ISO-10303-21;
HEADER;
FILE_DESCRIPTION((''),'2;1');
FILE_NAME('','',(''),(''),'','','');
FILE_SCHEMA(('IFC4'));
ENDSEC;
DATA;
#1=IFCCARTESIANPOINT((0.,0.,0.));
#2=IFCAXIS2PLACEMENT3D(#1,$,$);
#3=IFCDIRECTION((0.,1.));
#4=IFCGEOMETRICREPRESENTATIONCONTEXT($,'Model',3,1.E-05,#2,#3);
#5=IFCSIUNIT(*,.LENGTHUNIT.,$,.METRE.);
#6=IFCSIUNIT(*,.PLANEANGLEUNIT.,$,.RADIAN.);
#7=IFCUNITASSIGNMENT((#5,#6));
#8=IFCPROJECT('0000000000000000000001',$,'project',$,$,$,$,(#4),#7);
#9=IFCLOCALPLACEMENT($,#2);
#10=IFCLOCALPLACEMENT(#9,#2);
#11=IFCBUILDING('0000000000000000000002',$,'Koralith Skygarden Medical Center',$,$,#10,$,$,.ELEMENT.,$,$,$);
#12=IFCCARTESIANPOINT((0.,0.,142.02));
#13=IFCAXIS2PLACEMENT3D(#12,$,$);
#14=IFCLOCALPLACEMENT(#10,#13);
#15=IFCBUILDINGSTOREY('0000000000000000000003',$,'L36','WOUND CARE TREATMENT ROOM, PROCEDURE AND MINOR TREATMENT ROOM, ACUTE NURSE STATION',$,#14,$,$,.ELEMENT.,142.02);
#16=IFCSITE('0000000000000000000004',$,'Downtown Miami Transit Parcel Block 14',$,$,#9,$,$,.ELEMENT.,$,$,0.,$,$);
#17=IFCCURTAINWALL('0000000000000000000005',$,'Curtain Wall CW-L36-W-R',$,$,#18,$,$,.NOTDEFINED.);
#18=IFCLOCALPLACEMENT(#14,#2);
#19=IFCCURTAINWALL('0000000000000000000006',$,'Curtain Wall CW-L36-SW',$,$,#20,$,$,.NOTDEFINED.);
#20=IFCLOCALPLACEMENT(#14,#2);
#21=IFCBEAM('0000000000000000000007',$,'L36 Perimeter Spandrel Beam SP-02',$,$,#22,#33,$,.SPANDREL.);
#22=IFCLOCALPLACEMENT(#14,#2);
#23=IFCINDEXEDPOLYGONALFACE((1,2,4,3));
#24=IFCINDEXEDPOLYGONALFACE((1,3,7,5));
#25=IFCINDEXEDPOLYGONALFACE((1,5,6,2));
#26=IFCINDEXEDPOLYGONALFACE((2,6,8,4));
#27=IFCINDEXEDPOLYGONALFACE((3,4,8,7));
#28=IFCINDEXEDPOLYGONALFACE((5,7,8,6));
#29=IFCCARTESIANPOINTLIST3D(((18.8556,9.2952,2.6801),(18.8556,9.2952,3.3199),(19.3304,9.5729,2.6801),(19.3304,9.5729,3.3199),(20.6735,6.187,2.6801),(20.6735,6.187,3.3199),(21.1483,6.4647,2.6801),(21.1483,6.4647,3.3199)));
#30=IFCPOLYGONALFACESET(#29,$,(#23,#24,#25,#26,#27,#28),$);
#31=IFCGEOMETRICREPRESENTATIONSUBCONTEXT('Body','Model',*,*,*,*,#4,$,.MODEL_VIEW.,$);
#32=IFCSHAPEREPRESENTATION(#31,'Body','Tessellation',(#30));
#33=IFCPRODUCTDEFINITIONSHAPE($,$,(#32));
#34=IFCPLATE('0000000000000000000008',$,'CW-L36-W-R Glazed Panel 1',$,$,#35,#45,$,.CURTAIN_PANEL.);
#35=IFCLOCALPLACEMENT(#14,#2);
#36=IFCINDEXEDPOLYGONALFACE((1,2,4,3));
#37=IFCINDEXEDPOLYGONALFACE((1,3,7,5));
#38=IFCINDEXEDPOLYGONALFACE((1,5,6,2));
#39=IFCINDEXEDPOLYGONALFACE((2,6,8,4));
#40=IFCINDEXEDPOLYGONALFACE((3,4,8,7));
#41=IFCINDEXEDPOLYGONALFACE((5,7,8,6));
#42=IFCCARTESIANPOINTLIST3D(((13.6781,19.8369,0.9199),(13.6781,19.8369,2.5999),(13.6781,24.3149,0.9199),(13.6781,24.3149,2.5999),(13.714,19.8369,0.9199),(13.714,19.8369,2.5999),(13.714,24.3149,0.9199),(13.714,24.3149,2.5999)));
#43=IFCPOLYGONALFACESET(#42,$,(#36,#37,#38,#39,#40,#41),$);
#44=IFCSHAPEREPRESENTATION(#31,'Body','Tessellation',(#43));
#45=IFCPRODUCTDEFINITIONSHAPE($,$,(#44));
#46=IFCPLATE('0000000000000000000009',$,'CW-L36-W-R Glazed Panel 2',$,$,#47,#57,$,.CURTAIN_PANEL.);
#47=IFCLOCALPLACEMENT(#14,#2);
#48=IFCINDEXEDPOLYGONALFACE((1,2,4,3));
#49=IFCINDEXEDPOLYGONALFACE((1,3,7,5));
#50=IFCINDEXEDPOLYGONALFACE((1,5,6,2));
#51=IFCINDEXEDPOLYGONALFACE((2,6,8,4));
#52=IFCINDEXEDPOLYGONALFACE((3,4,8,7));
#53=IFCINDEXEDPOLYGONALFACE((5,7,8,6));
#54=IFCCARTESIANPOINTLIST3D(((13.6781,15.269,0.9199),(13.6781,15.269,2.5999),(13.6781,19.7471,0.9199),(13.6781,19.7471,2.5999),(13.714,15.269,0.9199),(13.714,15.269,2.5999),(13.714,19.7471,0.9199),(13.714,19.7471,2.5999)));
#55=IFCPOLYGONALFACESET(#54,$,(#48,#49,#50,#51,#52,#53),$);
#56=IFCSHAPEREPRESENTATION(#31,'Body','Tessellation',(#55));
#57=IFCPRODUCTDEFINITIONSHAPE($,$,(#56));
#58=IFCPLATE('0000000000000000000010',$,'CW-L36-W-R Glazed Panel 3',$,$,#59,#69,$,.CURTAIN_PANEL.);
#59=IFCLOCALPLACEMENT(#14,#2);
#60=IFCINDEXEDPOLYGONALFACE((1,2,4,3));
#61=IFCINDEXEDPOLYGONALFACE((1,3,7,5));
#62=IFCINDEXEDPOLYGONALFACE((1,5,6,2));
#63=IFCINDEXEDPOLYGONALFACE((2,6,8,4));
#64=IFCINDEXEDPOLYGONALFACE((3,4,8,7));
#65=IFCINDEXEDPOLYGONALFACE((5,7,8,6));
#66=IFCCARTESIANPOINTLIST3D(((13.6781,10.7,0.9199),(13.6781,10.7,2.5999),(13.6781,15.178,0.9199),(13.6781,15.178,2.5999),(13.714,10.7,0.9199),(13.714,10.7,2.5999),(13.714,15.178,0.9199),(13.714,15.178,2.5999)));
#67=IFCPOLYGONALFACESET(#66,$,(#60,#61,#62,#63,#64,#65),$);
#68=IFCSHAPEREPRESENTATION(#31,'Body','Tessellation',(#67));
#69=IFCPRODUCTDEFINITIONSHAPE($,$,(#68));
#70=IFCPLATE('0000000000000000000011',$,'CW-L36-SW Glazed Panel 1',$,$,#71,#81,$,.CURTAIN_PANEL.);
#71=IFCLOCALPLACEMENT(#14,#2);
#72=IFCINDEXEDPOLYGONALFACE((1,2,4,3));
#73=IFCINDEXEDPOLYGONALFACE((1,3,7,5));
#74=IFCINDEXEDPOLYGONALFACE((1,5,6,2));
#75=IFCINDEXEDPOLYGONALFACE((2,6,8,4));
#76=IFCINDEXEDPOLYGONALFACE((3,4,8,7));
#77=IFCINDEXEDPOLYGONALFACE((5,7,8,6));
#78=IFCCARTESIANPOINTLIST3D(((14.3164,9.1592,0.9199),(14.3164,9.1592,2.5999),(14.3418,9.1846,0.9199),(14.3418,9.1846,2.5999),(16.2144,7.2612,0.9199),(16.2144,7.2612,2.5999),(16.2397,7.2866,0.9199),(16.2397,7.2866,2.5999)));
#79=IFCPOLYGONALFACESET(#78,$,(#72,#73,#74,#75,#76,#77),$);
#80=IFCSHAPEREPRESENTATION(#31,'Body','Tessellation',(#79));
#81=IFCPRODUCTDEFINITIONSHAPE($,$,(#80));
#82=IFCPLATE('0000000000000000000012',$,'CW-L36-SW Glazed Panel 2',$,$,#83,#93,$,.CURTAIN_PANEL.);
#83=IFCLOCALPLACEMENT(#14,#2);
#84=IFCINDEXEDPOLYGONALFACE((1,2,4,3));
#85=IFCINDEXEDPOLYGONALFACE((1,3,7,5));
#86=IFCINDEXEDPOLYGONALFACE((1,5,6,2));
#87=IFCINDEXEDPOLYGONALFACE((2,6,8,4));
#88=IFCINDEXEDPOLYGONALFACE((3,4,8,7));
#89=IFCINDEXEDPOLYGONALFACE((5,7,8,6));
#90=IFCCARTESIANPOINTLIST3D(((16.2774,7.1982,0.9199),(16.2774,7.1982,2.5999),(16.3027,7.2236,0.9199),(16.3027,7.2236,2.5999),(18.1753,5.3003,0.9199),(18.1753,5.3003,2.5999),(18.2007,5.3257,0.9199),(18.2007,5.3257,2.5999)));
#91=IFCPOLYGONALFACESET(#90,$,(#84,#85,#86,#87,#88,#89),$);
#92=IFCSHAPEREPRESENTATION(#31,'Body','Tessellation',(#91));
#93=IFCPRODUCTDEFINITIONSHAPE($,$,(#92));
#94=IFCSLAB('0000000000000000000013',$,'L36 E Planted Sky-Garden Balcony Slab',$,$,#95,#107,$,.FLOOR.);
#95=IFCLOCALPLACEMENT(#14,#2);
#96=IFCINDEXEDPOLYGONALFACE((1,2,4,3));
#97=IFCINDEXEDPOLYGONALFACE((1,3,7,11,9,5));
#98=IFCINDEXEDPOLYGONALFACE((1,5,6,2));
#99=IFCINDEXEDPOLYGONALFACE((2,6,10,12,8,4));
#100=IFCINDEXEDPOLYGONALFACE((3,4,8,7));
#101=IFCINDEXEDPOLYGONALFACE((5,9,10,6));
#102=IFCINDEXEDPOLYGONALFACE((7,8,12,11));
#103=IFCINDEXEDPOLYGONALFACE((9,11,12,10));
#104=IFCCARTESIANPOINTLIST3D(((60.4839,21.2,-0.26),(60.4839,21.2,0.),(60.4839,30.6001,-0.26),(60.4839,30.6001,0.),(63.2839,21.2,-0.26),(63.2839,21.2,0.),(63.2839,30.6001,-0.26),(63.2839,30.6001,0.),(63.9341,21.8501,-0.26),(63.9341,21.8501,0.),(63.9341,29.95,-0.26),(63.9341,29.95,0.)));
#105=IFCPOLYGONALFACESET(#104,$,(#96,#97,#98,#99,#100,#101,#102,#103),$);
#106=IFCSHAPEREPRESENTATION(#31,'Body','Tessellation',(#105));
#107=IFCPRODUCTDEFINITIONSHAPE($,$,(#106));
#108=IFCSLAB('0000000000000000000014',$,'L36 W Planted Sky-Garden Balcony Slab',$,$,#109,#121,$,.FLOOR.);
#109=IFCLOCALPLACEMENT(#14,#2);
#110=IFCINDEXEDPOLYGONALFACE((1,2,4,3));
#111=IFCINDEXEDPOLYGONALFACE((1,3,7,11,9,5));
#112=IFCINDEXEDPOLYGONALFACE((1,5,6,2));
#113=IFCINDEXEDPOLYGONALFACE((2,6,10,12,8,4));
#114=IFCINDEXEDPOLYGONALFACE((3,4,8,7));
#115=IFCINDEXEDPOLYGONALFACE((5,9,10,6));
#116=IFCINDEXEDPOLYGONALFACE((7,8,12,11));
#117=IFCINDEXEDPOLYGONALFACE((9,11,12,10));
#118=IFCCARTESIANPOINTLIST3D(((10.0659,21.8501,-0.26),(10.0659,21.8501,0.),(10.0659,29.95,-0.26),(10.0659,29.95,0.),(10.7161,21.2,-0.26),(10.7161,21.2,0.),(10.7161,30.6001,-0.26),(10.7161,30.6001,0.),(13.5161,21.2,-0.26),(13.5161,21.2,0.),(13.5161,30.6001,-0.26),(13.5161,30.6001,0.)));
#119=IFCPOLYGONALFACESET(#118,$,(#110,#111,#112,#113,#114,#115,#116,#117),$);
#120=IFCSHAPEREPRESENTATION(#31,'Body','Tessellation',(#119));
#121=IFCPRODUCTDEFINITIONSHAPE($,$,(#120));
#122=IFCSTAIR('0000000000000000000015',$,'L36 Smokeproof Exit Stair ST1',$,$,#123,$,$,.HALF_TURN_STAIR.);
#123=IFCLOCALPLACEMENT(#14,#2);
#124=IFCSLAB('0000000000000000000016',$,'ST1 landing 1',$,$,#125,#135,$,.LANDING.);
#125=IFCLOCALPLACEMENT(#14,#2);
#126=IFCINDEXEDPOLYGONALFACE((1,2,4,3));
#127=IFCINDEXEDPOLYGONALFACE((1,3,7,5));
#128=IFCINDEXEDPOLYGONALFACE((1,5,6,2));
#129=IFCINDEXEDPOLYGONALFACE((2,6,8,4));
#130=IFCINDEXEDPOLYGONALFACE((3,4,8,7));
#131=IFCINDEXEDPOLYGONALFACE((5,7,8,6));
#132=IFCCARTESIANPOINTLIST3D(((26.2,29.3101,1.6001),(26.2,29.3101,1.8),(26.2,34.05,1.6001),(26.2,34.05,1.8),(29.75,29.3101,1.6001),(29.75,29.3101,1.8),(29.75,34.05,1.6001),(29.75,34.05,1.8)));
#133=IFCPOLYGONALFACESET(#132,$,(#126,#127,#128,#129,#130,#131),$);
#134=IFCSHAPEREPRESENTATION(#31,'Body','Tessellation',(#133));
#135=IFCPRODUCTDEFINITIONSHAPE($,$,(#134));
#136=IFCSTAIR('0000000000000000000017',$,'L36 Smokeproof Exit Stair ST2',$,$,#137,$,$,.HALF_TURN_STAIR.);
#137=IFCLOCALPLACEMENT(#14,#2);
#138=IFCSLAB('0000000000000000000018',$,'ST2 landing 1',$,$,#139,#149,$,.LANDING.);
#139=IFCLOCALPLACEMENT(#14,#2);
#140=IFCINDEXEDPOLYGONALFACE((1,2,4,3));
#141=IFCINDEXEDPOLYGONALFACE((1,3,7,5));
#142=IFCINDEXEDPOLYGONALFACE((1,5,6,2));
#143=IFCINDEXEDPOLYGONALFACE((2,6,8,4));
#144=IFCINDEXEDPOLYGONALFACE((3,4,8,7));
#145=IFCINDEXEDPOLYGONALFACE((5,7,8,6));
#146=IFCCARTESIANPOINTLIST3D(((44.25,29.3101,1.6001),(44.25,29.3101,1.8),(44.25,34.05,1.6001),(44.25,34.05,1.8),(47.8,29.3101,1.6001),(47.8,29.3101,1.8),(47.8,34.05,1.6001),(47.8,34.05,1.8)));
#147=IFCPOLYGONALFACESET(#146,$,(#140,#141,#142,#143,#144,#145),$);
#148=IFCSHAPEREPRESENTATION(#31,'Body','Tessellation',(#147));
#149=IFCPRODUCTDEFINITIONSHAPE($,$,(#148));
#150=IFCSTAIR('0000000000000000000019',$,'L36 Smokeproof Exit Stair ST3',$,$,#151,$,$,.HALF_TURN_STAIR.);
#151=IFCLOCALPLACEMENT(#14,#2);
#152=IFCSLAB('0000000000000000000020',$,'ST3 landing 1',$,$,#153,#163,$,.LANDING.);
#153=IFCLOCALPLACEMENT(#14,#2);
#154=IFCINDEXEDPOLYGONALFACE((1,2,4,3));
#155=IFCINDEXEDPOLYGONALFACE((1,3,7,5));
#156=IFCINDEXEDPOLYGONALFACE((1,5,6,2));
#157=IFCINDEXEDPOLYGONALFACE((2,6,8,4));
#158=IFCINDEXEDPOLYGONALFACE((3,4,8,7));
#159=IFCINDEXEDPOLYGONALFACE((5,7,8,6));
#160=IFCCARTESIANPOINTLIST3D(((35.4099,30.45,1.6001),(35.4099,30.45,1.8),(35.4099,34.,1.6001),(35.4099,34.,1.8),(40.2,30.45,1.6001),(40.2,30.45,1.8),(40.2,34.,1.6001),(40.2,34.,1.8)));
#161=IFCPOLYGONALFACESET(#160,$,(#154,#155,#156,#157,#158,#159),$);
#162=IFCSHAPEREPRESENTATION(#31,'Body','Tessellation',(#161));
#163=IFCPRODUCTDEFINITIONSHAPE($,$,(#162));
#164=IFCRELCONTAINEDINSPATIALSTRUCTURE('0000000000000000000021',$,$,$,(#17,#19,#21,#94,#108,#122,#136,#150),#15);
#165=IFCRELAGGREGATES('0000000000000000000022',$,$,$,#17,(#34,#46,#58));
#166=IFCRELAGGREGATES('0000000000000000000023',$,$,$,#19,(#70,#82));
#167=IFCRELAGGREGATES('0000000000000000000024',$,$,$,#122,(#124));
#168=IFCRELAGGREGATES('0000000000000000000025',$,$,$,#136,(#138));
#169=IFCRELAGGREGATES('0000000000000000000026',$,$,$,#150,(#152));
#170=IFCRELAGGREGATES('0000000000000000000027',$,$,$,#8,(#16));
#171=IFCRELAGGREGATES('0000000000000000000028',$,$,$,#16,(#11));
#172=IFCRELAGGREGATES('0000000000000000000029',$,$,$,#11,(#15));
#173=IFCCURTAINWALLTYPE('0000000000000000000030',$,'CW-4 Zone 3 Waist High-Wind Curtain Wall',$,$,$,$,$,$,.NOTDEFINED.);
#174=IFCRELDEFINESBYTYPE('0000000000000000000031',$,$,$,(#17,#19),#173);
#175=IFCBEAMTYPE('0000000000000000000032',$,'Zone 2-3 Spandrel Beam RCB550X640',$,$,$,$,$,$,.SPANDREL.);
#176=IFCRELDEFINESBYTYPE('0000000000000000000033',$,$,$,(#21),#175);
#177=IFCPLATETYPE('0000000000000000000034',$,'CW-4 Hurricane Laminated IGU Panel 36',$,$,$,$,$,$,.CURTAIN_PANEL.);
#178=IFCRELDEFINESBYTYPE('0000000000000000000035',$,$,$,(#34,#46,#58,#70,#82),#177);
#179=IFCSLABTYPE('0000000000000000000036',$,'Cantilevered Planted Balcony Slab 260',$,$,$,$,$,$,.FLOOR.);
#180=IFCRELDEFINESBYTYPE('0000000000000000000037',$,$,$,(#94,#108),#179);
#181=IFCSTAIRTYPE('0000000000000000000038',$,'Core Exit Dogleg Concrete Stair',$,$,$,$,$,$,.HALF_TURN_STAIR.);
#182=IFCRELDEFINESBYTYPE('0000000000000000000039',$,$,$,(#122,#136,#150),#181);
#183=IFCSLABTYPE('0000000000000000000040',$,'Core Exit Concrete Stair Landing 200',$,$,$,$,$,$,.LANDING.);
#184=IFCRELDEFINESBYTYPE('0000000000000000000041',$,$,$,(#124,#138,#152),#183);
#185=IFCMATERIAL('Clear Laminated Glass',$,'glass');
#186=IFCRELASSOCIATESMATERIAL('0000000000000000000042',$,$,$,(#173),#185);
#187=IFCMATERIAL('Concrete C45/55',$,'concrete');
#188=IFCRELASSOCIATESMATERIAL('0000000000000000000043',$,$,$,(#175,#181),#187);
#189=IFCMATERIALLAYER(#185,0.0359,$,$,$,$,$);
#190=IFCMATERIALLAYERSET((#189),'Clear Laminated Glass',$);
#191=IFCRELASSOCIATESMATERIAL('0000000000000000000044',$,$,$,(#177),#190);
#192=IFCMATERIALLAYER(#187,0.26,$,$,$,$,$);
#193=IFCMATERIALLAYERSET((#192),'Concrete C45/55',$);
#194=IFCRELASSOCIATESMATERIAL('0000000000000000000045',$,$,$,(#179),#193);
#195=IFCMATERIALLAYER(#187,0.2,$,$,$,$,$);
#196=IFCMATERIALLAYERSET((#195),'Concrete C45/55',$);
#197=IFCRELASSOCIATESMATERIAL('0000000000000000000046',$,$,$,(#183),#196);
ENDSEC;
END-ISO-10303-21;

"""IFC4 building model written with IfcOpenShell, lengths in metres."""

from ifc_helpers import new_model, si_unit, direction, frame, origin, origin_2d, place, context, subcontext, project, spatial, polyline, rectangle, outline, extrude, material, layer, layer_set, material_profile, profile_set, type_object, element, aggregate, save


model = new_model("IFC4")

# Units and contexts
model_context = context("Model", 3, precision=1e-05, world=origin(), true_north=direction((0.0, 1.0)))
body_context = subcontext(model_context, "Body", "Model", "MODEL_VIEW")
ifc_project = project(units=[si_unit("LENGTHUNIT", "METRE"), si_unit("PLANEANGLEUNIT", "RADIAN")], contexts=[model_context])

# Site, building, storey
site_placement = place(None, origin())
site = spatial("IfcSite", under=ifc_project, at=site_placement, Name="Downtown Miami Transit Parcel Block 14", CompositionType="ELEMENT", RefElevation=0.0)
building_placement = place(site_placement, origin())
building = spatial("IfcBuilding", under=site, at=building_placement, Name="Koralith Skygarden Medical Center", CompositionType="ELEMENT")
storey_placement = place(building_placement, frame((0.0, 0.0, 142.02)))
storey = spatial("IfcBuildingStorey", under=building, at=storey_placement, Name="L36", Description="WOUND CARE TREATMENT ROOM, PROCEDURE AND MINOR TREATMENT ROOM, ACUTE NURSE STATION", CompositionType="ELEMENT", Elevation=142.02)

# Curtain walls
ifc_material_1 = material(Name="Clear Laminated Glass", Category="glass")
curtain_wall_type = type_object("IfcCurtainWallType", Name="CW-4 Zone 3 Waist High-Wind Curtain Wall", PredefinedType="NOTDEFINED", material=ifc_material_1)
curtain_wall_1_placement = place(storey_placement, origin())
curtain_wall_1 = element("IfcCurtainWall", 1, at=curtain_wall_1_placement, inside=storey, type_object=curtain_wall_type, Name="Curtain Wall CW-L36-W-R", PredefinedType="NOTDEFINED")
curtain_wall_2_placement = place(storey_placement, origin())
curtain_wall_2 = element("IfcCurtainWall", 2, at=curtain_wall_2_placement, inside=storey, type_object=curtain_wall_type, Name="Curtain Wall CW-L36-SW", PredefinedType="NOTDEFINED")

# Beam
ifc_material_2 = material(Name="Concrete C45/55", Category="concrete")
ifc_material_profile_1 = material_profile(ifc_material_2, rectangle(XDim=0.55, YDim=0.6399, at=origin_2d()), Name="RCB550X640")
ifc_profile_set_1 = profile_set([ifc_material_profile_1], Name="Concrete C45/55")
beam_type = type_object("IfcBeamType", Name="Zone 2-3 Spandrel Beam RCB550X640", PredefinedType="SPANDREL", material=ifc_profile_set_1)
beam_1_placement = place(storey_placement, frame((19.093, 9.4341, 3.0), z_axis=(0.504861, -0.8632, 0.0), x_axis=(0.8632, 0.504861, 0.0)))
element("IfcBeam", 3, at=beam_1_placement, inside=storey, type_object=beam_type, Name="L36 Perimeter Spandrel Beam SP-02", PredefinedType="SPANDREL", context=body_context, shape_type="SweptSolid", body=[
    extrude(rectangle(XDim=0.55, YDim=0.6399, at=origin_2d()), origin(), (0.0, 0.0, 1.0), 3.6008),
])

# Plates
ifc_layer_1 = layer(ifc_material_1, 0.0359)
ifc_layer_set_1 = layer_set([ifc_layer_1], Name="Clear Laminated Glass")
plate_type_1 = type_object("IfcPlateType", Name="CW-4 Hurricane Laminated IGU Panel 36", PredefinedType="CURTAIN_PANEL", material=ifc_layer_set_1)
plate_1_placement = place(storey_placement, frame((13.696, 22.0759, 0.9199), z_axis=(0.0, 0.0, 1.0), x_axis=(0.0, -1.0, 0.0)))
plate_1 = element("IfcPlate", 4, at=plate_1_placement, type_object=plate_type_1, Name="CW-L36-W-R Glazed Panel 1", PredefinedType="CURTAIN_PANEL", context=body_context, shape_type="SweptSolid", body=[
    extrude(rectangle(XDim=4.478, YDim=0.0359, at=origin_2d()), origin(), (0.0, 0.0, 1.0), 1.6799),
])
plate_2_placement = place(storey_placement, frame((13.696, 17.5081, 0.9199), z_axis=(0.0, 0.0, 1.0), x_axis=(0.0, -1.0, 0.0)))
plate_2 = element("IfcPlate", 5, at=plate_2_placement, type_object=plate_type_1, Name="CW-L36-W-R Glazed Panel 2", PredefinedType="CURTAIN_PANEL", context=body_context, shape_type="SweptSolid", body=[
    extrude(rectangle(XDim=4.478, YDim=0.0359, at=origin_2d()), origin(), (0.0, 0.0, 1.0), 1.6799),
])
plate_3_placement = place(storey_placement, frame((13.696, 12.939, 0.9199), z_axis=(0.0, 0.0, 1.0), x_axis=(0.0, -1.0, 0.0)))
plate_3 = element("IfcPlate", 6, at=plate_3_placement, type_object=plate_type_1, Name="CW-L36-W-R Glazed Panel 3", PredefinedType="CURTAIN_PANEL", context=body_context, shape_type="SweptSolid", body=[
    extrude(rectangle(XDim=4.478, YDim=0.0359, at=origin_2d()), origin(), (0.0, 0.0, 1.0), 1.6799),
])
aggregate(curtain_wall_1, [plate_1, plate_2, plate_3])
plate_4_placement = place(storey_placement, frame((15.2781, 8.2229, 0.9199), z_axis=(0.0, 0.0, 1.0), x_axis=(0.707107, -0.707107, 0.0)))
plate_4 = element("IfcPlate", 7, at=plate_4_placement, type_object=plate_type_1, Name="CW-L36-SW Glazed Panel 1", PredefinedType="CURTAIN_PANEL", context=body_context, shape_type="SweptSolid", body=[
    extrude(rectangle(XDim=2.6841, YDim=0.0359, at=origin_2d()), origin(), (0.0, 0.0, 1.0), 1.6799),
])
plate_5_placement = place(storey_placement, frame((17.239, 6.262, 0.9199), z_axis=(0.0, 0.0, 1.0), x_axis=(0.707107, -0.707107, 0.0)))
plate_5 = element("IfcPlate", 8, at=plate_5_placement, type_object=plate_type_1, Name="CW-L36-SW Glazed Panel 2", PredefinedType="CURTAIN_PANEL", context=body_context, shape_type="SweptSolid", body=[
    extrude(rectangle(XDim=2.6841, YDim=0.0359, at=origin_2d()), origin(), (0.0, 0.0, 1.0), 1.6799),
])
aggregate(curtain_wall_2, [plate_4, plate_5])

# Slabs
ifc_layer_2 = layer(ifc_material_2, 0.26)
ifc_layer_set_2 = layer_set([ifc_layer_2], Name="Concrete C45/55")
slab_type_1 = type_object("IfcSlabType", Name="Cantilevered Planted Balcony Slab 260", PredefinedType="FLOOR", material=ifc_layer_set_2)
slab_1_placement = place(storey_placement, frame((0.0, 0.0, -0.26)))
element("IfcSlab", 9, at=slab_1_placement, inside=storey, type_object=slab_type_1, Name="L36 E Planted Sky-Garden Balcony Slab", PredefinedType="FLOOR", context=body_context, shape_type="SweptSolid", body=[
    extrude(outline(polyline([(60.4839, 21.2), (63.2839, 21.2), (63.9341, 21.8501), (63.9341, 29.95), (63.2839, 30.6001), (60.4839, 30.6001), (60.4839, 21.2)])), origin(), (0.0, 0.0, 1.0), 0.26),
])
slab_2_placement = place(storey_placement, frame((0.0, 0.0, -0.26)))
element("IfcSlab", 10, at=slab_2_placement, inside=storey, type_object=slab_type_1, Name="L36 W Planted Sky-Garden Balcony Slab", PredefinedType="FLOOR", context=body_context, shape_type="SweptSolid", body=[
    extrude(outline(polyline([(10.7161, 21.2), (13.5161, 21.2), (13.5161, 30.6001), (10.7161, 30.6001), (10.0659, 29.95), (10.0659, 21.8501), (10.7161, 21.2)])), origin(), (0.0, 0.0, 1.0), 0.26),
])

# Stairs, slabs
stair_type = type_object("IfcStairType", Name="Core Exit Dogleg Concrete Stair", PredefinedType="HALF_TURN_STAIR", material=ifc_material_2)
stair_1_placement = place(storey_placement, origin())
stair_1 = element("IfcStair", 11, at=stair_1_placement, inside=storey, type_object=stair_type, Name="L36 Smokeproof Exit Stair ST1", PredefinedType="HALF_TURN_STAIR")
ifc_layer_3 = layer(ifc_material_2, 0.2)
ifc_layer_set_3 = layer_set([ifc_layer_3], Name="Concrete C45/55")
slab_type_2 = type_object("IfcSlabType", Name="Core Exit Concrete Stair Landing 200", PredefinedType="LANDING", material=ifc_layer_set_3)
slab_3_placement = place(storey_placement, frame((0.0, 0.0, 1.6001)))
slab_3 = element("IfcSlab", 12, at=slab_3_placement, type_object=slab_type_2, Name="ST1 landing 1", PredefinedType="LANDING", context=body_context, shape_type="SweptSolid", body=[
    extrude(outline(polyline([(29.75, 29.3101), (29.75, 34.05), (26.2, 34.05), (26.2, 29.3101), (29.75, 29.3101)])), origin(), (0.0, 0.0, 1.0), 0.2),
])
aggregate(stair_1, [slab_3])
stair_2_placement = place(storey_placement, origin())
stair_2 = element("IfcStair", 13, at=stair_2_placement, inside=storey, type_object=stair_type, Name="L36 Smokeproof Exit Stair ST2", PredefinedType="HALF_TURN_STAIR")
slab_4_placement = place(storey_placement, frame((0.0, 0.0, 1.6001)))
slab_4 = element("IfcSlab", 14, at=slab_4_placement, type_object=slab_type_2, Name="ST2 landing 1", PredefinedType="LANDING", context=body_context, shape_type="SweptSolid", body=[
    extrude(outline(polyline([(47.8, 29.3101), (47.8, 34.05), (44.25, 34.05), (44.25, 29.3101), (47.8, 29.3101)])), origin(), (0.0, 0.0, 1.0), 0.2),
])
aggregate(stair_2, [slab_4])
stair_3_placement = place(storey_placement, origin())
stair_3 = element("IfcStair", 15, at=stair_3_placement, inside=storey, type_object=stair_type, Name="L36 Smokeproof Exit Stair ST3", PredefinedType="HALF_TURN_STAIR")
slab_5_placement = place(storey_placement, frame((0.0, 0.0, 1.6001)))
slab_5 = element("IfcSlab", 16, at=slab_5_placement, type_object=slab_type_2, Name="ST3 landing 1", PredefinedType="LANDING", context=body_context, shape_type="SweptSolid", body=[
    extrude(outline(polyline([(35.4099, 30.45), (40.2, 30.45), (40.2, 34.0), (35.4099, 34.0), (35.4099, 30.45)])), origin(), (0.0, 0.0, 1.0), 0.2),
])
aggregate(stair_3, [slab_5])

save(model, "model.ifc")
